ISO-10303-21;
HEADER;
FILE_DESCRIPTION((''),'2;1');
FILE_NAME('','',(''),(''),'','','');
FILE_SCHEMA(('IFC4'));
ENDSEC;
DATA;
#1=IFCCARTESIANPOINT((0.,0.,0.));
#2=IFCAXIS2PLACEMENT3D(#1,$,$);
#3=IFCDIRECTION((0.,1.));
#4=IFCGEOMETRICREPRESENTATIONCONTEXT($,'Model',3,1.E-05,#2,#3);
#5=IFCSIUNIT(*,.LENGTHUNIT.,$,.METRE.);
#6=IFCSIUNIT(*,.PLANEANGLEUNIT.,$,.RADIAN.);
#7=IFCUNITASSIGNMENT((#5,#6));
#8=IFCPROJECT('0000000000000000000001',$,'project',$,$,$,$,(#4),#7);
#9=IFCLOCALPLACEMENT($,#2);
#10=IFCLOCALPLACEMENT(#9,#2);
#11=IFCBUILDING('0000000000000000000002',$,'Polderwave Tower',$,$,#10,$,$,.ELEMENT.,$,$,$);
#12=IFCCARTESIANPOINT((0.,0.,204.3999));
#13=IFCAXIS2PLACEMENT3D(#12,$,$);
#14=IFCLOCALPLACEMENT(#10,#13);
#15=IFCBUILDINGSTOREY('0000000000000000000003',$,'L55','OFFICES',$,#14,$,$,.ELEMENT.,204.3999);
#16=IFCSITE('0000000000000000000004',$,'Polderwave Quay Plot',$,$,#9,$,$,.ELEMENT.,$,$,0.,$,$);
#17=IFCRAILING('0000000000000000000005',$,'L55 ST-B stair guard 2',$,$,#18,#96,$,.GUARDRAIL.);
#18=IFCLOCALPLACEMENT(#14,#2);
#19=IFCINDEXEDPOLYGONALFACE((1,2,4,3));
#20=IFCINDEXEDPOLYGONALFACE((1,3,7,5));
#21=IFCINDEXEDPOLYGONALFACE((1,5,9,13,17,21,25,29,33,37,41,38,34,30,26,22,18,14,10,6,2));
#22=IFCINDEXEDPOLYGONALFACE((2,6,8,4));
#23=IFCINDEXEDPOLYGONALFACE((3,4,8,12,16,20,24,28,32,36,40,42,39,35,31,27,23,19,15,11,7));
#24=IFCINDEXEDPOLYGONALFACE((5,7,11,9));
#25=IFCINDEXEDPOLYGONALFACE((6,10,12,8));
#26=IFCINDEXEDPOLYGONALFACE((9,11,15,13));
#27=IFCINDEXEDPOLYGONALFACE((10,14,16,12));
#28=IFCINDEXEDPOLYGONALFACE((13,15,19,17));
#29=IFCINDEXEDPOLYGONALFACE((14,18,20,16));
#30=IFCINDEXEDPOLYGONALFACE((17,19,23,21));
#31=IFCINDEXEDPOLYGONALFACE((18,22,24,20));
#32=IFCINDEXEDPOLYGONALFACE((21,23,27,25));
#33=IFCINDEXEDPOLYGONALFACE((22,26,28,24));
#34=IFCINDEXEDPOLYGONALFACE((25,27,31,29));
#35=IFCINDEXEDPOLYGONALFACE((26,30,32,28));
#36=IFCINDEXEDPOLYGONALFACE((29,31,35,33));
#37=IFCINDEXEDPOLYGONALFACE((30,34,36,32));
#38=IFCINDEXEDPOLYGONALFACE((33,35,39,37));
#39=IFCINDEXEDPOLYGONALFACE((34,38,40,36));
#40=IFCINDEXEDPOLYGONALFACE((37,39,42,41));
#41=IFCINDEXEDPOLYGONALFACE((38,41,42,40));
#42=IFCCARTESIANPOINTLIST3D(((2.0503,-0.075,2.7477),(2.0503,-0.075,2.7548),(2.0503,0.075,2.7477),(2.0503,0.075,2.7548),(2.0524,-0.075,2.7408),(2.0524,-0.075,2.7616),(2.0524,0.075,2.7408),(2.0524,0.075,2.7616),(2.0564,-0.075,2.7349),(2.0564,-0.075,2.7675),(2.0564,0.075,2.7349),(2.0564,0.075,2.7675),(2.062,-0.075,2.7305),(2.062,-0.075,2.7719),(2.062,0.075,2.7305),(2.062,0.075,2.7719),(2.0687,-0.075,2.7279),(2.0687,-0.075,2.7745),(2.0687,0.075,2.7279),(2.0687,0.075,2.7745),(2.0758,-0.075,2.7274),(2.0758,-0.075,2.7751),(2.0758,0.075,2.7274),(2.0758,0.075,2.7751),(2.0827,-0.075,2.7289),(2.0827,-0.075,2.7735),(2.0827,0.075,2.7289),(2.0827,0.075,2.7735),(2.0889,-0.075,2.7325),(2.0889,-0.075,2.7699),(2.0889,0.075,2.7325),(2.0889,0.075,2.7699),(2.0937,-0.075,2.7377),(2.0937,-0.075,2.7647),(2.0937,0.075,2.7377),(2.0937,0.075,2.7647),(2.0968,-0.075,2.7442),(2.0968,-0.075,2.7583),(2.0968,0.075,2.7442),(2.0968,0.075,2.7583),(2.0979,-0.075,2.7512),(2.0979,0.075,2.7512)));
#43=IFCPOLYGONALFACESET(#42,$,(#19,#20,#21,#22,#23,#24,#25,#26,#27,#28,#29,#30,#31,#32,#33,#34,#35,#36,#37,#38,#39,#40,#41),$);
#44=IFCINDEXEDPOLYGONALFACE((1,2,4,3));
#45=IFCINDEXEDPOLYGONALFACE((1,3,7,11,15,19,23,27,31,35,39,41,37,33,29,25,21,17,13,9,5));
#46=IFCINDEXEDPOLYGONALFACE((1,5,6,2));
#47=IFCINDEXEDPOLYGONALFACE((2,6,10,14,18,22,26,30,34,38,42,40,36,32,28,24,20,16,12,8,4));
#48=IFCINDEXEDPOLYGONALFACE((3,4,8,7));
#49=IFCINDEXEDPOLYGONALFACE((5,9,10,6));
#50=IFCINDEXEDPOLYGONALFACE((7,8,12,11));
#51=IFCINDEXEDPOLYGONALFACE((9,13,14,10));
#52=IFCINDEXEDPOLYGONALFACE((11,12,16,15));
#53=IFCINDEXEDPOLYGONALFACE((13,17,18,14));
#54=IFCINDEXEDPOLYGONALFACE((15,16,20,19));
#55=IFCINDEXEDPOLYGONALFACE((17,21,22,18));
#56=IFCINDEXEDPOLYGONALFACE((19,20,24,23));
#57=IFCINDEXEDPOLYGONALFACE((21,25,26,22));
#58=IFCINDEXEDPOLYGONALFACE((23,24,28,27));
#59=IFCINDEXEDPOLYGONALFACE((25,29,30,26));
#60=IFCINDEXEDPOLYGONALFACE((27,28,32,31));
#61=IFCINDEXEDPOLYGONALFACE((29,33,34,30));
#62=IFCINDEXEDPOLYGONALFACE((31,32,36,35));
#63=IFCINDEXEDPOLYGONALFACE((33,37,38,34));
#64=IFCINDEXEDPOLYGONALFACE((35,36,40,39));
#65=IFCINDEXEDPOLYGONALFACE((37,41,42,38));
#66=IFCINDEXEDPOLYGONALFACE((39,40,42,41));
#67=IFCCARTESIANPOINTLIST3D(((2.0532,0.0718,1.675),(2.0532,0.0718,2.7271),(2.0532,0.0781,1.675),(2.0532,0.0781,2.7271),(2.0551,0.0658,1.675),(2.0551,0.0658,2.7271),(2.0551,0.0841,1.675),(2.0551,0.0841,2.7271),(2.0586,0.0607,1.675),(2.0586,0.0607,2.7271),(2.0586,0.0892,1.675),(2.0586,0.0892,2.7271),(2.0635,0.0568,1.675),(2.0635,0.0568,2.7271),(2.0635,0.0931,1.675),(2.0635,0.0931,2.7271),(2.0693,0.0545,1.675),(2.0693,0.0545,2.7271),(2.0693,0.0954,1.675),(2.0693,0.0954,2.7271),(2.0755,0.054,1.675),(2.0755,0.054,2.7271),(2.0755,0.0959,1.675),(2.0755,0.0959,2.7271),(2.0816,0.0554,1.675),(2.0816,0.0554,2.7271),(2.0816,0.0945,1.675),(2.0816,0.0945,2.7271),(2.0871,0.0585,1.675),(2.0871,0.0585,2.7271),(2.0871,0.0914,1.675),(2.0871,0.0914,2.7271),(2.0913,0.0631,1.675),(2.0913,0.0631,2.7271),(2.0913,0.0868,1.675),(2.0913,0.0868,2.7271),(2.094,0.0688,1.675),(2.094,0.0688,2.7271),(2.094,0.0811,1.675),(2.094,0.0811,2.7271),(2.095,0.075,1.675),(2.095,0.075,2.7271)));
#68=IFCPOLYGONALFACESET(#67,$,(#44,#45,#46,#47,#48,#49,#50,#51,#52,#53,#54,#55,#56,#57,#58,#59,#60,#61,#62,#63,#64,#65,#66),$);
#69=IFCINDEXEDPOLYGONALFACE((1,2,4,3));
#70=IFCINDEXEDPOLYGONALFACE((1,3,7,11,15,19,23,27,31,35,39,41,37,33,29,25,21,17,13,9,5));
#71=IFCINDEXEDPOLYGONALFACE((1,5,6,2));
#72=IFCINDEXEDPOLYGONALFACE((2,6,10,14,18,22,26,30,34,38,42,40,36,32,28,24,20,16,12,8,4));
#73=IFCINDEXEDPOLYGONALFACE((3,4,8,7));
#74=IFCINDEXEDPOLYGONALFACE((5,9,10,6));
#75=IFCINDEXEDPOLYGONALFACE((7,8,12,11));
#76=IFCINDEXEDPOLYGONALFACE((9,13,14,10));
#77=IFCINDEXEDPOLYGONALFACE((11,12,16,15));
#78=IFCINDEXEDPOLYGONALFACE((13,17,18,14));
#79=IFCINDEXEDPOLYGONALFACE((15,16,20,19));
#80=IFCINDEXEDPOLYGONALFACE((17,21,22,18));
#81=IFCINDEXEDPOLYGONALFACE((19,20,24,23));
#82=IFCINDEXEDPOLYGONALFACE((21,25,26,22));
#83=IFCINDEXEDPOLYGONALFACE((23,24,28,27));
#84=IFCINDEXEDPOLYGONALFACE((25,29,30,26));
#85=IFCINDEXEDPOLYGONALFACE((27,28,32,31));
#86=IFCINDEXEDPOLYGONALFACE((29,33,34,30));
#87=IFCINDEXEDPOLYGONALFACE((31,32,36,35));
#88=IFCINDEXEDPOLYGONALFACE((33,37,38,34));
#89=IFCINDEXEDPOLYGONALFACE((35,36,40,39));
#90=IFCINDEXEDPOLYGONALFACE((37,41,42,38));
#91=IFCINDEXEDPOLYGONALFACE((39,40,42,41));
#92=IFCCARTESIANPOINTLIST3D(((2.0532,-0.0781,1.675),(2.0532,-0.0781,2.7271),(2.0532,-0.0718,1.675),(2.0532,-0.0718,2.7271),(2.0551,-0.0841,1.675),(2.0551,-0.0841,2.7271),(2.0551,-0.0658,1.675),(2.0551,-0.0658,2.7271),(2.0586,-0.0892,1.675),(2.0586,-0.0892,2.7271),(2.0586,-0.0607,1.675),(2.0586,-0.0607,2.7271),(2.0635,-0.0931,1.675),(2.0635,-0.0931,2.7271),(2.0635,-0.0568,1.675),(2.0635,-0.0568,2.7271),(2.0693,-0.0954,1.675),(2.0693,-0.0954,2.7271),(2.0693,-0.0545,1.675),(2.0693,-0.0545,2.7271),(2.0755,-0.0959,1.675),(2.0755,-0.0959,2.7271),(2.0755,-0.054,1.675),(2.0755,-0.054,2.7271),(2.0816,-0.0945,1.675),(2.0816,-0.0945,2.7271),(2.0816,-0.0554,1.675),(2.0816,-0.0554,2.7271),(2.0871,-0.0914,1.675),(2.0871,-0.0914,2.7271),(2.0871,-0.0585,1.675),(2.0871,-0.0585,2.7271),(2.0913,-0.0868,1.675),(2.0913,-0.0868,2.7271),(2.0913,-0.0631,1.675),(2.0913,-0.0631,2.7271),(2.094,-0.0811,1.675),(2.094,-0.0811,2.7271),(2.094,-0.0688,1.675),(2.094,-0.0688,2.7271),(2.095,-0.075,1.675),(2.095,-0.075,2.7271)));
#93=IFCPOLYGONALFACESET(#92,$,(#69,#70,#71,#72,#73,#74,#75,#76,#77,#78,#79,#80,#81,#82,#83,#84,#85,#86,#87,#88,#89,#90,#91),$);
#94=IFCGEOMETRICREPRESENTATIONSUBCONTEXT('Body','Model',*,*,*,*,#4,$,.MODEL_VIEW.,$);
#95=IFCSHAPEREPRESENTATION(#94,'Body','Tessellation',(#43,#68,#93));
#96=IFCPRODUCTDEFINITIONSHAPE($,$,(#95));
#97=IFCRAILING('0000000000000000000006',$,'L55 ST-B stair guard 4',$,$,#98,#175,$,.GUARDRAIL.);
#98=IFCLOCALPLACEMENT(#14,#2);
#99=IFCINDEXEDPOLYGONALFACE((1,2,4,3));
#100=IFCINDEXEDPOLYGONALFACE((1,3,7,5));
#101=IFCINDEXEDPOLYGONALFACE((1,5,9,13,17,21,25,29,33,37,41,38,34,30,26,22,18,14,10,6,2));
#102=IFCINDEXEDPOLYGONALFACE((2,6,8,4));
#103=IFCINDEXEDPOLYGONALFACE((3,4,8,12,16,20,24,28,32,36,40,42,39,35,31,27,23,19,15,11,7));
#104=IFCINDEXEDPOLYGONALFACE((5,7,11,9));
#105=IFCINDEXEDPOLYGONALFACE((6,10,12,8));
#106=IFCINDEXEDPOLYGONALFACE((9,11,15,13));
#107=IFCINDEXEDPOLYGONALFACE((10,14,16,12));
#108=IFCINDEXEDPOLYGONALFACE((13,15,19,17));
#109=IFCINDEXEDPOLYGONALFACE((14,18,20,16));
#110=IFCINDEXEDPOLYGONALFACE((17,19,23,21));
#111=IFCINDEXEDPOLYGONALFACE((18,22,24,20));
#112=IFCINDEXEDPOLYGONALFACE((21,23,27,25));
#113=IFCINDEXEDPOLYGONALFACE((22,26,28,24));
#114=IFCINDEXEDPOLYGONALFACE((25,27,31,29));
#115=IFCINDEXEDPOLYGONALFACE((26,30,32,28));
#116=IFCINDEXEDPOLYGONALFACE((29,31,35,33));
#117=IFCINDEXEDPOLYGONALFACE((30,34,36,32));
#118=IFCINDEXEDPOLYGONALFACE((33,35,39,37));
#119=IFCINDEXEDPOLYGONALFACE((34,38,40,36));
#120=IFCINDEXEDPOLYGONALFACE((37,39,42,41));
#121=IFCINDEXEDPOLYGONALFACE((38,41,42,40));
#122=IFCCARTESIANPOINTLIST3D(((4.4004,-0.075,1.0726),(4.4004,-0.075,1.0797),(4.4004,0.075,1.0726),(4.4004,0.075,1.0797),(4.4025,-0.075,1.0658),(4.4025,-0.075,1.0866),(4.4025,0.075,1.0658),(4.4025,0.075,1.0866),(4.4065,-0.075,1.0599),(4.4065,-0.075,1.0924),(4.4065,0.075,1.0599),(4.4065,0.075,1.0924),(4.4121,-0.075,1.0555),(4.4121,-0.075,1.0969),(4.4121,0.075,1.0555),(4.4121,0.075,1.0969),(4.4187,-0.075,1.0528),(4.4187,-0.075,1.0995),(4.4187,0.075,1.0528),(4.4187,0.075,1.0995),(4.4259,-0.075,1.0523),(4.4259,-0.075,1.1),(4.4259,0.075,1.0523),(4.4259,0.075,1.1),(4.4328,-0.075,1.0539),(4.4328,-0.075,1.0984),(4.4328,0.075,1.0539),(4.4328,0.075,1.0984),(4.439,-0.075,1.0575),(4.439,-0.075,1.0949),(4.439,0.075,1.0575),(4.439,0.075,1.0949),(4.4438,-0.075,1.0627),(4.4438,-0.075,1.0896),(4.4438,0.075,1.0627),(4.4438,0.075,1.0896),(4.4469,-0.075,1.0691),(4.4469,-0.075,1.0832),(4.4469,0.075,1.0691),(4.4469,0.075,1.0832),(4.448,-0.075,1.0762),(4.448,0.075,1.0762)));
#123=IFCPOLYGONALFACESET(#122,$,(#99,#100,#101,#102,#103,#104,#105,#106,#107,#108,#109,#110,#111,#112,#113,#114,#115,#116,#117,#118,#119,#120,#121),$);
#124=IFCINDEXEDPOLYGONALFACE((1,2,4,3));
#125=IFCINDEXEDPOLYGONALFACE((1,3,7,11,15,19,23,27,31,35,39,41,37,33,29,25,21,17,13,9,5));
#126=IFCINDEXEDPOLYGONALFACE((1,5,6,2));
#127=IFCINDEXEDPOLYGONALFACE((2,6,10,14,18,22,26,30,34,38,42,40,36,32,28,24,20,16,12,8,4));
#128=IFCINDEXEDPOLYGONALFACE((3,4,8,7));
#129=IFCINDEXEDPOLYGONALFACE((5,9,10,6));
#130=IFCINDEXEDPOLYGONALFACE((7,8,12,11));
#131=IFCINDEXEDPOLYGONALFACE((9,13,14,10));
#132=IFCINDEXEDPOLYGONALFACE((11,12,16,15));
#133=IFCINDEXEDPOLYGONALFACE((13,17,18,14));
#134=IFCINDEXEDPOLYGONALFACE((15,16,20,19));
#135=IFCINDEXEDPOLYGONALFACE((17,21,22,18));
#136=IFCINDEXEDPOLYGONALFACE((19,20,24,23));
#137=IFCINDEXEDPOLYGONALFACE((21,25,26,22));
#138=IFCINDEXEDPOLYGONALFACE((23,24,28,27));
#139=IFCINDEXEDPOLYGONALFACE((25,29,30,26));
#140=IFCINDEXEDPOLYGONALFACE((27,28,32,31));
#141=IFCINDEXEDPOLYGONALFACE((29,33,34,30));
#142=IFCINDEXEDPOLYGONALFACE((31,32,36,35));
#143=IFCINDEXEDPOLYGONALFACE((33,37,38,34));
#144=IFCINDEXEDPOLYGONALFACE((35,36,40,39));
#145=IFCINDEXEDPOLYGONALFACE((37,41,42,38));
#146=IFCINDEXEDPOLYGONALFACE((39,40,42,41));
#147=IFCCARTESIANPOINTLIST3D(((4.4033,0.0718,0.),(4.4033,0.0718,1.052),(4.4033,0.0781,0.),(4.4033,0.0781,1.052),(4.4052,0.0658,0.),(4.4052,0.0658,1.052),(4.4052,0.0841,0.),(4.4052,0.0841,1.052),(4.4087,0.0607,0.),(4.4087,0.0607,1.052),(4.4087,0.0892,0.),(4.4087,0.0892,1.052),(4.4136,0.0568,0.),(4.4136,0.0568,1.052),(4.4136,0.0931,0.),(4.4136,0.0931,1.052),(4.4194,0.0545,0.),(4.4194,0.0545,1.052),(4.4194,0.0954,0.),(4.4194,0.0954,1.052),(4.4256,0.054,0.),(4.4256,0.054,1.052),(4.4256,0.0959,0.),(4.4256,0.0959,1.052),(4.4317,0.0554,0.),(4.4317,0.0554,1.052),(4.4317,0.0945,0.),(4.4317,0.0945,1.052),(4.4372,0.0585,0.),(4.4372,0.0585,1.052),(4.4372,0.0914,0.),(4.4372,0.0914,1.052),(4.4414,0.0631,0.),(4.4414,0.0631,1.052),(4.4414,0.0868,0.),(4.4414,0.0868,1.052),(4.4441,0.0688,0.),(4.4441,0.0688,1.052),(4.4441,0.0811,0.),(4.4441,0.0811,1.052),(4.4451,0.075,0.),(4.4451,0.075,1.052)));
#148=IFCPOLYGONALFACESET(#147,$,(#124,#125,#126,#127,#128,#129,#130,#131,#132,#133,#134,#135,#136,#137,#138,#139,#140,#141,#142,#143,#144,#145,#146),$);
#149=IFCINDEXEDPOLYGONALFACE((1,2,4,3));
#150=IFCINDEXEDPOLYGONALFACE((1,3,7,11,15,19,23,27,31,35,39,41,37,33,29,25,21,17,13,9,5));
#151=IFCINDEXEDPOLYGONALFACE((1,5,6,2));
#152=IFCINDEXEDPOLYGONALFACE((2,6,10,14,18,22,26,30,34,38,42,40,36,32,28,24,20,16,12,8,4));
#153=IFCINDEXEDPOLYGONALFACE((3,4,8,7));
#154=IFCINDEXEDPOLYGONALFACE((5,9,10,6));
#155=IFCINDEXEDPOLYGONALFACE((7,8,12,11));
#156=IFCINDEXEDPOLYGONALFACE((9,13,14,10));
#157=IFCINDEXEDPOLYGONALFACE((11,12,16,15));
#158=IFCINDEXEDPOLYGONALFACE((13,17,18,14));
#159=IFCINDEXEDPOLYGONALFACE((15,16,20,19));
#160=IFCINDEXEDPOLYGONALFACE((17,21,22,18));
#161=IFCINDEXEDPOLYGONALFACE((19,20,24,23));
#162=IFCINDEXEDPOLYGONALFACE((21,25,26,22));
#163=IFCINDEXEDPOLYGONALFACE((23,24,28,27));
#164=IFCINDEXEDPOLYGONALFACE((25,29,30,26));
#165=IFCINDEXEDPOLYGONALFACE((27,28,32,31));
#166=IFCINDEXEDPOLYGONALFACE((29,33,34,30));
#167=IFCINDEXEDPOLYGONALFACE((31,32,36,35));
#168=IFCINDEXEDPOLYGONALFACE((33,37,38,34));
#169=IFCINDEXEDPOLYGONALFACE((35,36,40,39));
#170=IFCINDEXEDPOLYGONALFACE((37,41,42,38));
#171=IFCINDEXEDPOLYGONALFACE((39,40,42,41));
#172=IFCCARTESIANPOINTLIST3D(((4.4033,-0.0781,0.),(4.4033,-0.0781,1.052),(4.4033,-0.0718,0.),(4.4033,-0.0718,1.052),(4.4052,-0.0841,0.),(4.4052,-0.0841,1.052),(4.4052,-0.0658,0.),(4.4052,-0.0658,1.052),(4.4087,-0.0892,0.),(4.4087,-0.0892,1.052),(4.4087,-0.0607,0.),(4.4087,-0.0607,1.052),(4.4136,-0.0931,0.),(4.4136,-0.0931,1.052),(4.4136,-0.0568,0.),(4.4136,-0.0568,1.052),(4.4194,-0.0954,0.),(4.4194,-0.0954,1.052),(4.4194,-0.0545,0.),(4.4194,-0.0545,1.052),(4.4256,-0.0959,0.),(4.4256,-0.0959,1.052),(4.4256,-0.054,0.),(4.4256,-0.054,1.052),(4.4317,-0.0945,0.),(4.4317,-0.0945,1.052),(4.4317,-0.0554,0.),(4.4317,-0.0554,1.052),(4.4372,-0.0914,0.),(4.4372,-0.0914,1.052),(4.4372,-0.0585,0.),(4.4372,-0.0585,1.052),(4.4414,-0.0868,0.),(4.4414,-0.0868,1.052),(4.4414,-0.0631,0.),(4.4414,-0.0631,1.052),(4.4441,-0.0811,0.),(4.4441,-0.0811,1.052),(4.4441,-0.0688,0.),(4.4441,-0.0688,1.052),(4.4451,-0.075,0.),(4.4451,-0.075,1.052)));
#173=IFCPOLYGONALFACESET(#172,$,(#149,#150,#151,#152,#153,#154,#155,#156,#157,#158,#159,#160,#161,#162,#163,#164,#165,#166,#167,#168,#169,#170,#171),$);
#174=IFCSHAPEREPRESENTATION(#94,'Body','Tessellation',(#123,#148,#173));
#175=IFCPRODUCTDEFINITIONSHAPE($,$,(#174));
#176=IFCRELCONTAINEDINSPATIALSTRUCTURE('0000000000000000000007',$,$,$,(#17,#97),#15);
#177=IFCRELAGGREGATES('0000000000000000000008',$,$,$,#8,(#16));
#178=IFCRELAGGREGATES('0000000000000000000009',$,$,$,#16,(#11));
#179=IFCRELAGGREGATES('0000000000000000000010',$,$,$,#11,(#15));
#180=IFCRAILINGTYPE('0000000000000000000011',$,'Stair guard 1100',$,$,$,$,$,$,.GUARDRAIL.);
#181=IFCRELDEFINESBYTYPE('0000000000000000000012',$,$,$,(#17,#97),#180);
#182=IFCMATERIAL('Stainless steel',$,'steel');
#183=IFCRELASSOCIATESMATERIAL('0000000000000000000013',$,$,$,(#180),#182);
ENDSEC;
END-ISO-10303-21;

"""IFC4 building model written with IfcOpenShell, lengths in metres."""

from ifc_helpers import new_model, si_unit, direction, frame, origin, origin_2d, place, context, subcontext, project, spatial, circle, extrude, material, type_object, element, save


model = new_model("IFC4")

# Units and contexts
model_context = context("Model", 3, precision=1e-05, world=origin(), true_north=direction((0.0, 1.0)))
body_context = subcontext(model_context, "Body", "Model", "MODEL_VIEW")
ifc_project = project(units=[si_unit("LENGTHUNIT", "METRE"), si_unit("PLANEANGLEUNIT", "RADIAN")], contexts=[model_context])

# Site, building, storey
site_placement = place(None, origin())
site = spatial("IfcSite", under=ifc_project, at=site_placement, Name="Polderwave Quay Plot", CompositionType="ELEMENT", RefElevation=0.0)
building_placement = place(site_placement, origin())
building = spatial("IfcBuilding", under=site, at=building_placement, Name="Polderwave Tower", CompositionType="ELEMENT")
storey_placement = place(building_placement, frame((0.0, 0.0, 204.3999)))
storey = spatial("IfcBuildingStorey", under=building, at=storey_placement, Name="L55", Description="OFFICES", CompositionType="ELEMENT", Elevation=204.3999)

# Railings
ifc_material_1 = material(Name="Stainless steel", Category="steel")
railing_type_1 = type_object("IfcRailingType", Name="Stair guard 1100", PredefinedType="GUARDRAIL", material=ifc_material_1)
for number, where, name in (
    (1, (2.074, 0.075, 1.675), "L55 ST-B stair guard 2"),
    (2, (4.4241, 0.075, 0.0), "L55 ST-B stair guard 4"),
):
    element("IfcRailing", number, at=place(storey_placement, frame(where)), inside=storey, type_object=railing_type_1, Name=name, PredefinedType="GUARDRAIL", context=body_context, shape_type="SweptSolid", body=[
        extrude(circle(Radius=0.0239, at=origin_2d()), frame((0.0, 0.0, 1.0762), z_axis=(0.0, -1.0, 0.0), x_axis=(1.0, 0.0, 0.0)), (0.0, 0.0, 1.0), 0.1499),
        extrude(circle(Radius=0.021, at=origin_2d()), origin(), (0.0, 0.0, 1.0), 1.052),
        extrude(circle(Radius=0.021, at=origin_2d()), frame((0.0, -0.1499, 0.0)), (0.0, 0.0, 1.0), 1.052),
    ])

save(model, "model.ifc")
